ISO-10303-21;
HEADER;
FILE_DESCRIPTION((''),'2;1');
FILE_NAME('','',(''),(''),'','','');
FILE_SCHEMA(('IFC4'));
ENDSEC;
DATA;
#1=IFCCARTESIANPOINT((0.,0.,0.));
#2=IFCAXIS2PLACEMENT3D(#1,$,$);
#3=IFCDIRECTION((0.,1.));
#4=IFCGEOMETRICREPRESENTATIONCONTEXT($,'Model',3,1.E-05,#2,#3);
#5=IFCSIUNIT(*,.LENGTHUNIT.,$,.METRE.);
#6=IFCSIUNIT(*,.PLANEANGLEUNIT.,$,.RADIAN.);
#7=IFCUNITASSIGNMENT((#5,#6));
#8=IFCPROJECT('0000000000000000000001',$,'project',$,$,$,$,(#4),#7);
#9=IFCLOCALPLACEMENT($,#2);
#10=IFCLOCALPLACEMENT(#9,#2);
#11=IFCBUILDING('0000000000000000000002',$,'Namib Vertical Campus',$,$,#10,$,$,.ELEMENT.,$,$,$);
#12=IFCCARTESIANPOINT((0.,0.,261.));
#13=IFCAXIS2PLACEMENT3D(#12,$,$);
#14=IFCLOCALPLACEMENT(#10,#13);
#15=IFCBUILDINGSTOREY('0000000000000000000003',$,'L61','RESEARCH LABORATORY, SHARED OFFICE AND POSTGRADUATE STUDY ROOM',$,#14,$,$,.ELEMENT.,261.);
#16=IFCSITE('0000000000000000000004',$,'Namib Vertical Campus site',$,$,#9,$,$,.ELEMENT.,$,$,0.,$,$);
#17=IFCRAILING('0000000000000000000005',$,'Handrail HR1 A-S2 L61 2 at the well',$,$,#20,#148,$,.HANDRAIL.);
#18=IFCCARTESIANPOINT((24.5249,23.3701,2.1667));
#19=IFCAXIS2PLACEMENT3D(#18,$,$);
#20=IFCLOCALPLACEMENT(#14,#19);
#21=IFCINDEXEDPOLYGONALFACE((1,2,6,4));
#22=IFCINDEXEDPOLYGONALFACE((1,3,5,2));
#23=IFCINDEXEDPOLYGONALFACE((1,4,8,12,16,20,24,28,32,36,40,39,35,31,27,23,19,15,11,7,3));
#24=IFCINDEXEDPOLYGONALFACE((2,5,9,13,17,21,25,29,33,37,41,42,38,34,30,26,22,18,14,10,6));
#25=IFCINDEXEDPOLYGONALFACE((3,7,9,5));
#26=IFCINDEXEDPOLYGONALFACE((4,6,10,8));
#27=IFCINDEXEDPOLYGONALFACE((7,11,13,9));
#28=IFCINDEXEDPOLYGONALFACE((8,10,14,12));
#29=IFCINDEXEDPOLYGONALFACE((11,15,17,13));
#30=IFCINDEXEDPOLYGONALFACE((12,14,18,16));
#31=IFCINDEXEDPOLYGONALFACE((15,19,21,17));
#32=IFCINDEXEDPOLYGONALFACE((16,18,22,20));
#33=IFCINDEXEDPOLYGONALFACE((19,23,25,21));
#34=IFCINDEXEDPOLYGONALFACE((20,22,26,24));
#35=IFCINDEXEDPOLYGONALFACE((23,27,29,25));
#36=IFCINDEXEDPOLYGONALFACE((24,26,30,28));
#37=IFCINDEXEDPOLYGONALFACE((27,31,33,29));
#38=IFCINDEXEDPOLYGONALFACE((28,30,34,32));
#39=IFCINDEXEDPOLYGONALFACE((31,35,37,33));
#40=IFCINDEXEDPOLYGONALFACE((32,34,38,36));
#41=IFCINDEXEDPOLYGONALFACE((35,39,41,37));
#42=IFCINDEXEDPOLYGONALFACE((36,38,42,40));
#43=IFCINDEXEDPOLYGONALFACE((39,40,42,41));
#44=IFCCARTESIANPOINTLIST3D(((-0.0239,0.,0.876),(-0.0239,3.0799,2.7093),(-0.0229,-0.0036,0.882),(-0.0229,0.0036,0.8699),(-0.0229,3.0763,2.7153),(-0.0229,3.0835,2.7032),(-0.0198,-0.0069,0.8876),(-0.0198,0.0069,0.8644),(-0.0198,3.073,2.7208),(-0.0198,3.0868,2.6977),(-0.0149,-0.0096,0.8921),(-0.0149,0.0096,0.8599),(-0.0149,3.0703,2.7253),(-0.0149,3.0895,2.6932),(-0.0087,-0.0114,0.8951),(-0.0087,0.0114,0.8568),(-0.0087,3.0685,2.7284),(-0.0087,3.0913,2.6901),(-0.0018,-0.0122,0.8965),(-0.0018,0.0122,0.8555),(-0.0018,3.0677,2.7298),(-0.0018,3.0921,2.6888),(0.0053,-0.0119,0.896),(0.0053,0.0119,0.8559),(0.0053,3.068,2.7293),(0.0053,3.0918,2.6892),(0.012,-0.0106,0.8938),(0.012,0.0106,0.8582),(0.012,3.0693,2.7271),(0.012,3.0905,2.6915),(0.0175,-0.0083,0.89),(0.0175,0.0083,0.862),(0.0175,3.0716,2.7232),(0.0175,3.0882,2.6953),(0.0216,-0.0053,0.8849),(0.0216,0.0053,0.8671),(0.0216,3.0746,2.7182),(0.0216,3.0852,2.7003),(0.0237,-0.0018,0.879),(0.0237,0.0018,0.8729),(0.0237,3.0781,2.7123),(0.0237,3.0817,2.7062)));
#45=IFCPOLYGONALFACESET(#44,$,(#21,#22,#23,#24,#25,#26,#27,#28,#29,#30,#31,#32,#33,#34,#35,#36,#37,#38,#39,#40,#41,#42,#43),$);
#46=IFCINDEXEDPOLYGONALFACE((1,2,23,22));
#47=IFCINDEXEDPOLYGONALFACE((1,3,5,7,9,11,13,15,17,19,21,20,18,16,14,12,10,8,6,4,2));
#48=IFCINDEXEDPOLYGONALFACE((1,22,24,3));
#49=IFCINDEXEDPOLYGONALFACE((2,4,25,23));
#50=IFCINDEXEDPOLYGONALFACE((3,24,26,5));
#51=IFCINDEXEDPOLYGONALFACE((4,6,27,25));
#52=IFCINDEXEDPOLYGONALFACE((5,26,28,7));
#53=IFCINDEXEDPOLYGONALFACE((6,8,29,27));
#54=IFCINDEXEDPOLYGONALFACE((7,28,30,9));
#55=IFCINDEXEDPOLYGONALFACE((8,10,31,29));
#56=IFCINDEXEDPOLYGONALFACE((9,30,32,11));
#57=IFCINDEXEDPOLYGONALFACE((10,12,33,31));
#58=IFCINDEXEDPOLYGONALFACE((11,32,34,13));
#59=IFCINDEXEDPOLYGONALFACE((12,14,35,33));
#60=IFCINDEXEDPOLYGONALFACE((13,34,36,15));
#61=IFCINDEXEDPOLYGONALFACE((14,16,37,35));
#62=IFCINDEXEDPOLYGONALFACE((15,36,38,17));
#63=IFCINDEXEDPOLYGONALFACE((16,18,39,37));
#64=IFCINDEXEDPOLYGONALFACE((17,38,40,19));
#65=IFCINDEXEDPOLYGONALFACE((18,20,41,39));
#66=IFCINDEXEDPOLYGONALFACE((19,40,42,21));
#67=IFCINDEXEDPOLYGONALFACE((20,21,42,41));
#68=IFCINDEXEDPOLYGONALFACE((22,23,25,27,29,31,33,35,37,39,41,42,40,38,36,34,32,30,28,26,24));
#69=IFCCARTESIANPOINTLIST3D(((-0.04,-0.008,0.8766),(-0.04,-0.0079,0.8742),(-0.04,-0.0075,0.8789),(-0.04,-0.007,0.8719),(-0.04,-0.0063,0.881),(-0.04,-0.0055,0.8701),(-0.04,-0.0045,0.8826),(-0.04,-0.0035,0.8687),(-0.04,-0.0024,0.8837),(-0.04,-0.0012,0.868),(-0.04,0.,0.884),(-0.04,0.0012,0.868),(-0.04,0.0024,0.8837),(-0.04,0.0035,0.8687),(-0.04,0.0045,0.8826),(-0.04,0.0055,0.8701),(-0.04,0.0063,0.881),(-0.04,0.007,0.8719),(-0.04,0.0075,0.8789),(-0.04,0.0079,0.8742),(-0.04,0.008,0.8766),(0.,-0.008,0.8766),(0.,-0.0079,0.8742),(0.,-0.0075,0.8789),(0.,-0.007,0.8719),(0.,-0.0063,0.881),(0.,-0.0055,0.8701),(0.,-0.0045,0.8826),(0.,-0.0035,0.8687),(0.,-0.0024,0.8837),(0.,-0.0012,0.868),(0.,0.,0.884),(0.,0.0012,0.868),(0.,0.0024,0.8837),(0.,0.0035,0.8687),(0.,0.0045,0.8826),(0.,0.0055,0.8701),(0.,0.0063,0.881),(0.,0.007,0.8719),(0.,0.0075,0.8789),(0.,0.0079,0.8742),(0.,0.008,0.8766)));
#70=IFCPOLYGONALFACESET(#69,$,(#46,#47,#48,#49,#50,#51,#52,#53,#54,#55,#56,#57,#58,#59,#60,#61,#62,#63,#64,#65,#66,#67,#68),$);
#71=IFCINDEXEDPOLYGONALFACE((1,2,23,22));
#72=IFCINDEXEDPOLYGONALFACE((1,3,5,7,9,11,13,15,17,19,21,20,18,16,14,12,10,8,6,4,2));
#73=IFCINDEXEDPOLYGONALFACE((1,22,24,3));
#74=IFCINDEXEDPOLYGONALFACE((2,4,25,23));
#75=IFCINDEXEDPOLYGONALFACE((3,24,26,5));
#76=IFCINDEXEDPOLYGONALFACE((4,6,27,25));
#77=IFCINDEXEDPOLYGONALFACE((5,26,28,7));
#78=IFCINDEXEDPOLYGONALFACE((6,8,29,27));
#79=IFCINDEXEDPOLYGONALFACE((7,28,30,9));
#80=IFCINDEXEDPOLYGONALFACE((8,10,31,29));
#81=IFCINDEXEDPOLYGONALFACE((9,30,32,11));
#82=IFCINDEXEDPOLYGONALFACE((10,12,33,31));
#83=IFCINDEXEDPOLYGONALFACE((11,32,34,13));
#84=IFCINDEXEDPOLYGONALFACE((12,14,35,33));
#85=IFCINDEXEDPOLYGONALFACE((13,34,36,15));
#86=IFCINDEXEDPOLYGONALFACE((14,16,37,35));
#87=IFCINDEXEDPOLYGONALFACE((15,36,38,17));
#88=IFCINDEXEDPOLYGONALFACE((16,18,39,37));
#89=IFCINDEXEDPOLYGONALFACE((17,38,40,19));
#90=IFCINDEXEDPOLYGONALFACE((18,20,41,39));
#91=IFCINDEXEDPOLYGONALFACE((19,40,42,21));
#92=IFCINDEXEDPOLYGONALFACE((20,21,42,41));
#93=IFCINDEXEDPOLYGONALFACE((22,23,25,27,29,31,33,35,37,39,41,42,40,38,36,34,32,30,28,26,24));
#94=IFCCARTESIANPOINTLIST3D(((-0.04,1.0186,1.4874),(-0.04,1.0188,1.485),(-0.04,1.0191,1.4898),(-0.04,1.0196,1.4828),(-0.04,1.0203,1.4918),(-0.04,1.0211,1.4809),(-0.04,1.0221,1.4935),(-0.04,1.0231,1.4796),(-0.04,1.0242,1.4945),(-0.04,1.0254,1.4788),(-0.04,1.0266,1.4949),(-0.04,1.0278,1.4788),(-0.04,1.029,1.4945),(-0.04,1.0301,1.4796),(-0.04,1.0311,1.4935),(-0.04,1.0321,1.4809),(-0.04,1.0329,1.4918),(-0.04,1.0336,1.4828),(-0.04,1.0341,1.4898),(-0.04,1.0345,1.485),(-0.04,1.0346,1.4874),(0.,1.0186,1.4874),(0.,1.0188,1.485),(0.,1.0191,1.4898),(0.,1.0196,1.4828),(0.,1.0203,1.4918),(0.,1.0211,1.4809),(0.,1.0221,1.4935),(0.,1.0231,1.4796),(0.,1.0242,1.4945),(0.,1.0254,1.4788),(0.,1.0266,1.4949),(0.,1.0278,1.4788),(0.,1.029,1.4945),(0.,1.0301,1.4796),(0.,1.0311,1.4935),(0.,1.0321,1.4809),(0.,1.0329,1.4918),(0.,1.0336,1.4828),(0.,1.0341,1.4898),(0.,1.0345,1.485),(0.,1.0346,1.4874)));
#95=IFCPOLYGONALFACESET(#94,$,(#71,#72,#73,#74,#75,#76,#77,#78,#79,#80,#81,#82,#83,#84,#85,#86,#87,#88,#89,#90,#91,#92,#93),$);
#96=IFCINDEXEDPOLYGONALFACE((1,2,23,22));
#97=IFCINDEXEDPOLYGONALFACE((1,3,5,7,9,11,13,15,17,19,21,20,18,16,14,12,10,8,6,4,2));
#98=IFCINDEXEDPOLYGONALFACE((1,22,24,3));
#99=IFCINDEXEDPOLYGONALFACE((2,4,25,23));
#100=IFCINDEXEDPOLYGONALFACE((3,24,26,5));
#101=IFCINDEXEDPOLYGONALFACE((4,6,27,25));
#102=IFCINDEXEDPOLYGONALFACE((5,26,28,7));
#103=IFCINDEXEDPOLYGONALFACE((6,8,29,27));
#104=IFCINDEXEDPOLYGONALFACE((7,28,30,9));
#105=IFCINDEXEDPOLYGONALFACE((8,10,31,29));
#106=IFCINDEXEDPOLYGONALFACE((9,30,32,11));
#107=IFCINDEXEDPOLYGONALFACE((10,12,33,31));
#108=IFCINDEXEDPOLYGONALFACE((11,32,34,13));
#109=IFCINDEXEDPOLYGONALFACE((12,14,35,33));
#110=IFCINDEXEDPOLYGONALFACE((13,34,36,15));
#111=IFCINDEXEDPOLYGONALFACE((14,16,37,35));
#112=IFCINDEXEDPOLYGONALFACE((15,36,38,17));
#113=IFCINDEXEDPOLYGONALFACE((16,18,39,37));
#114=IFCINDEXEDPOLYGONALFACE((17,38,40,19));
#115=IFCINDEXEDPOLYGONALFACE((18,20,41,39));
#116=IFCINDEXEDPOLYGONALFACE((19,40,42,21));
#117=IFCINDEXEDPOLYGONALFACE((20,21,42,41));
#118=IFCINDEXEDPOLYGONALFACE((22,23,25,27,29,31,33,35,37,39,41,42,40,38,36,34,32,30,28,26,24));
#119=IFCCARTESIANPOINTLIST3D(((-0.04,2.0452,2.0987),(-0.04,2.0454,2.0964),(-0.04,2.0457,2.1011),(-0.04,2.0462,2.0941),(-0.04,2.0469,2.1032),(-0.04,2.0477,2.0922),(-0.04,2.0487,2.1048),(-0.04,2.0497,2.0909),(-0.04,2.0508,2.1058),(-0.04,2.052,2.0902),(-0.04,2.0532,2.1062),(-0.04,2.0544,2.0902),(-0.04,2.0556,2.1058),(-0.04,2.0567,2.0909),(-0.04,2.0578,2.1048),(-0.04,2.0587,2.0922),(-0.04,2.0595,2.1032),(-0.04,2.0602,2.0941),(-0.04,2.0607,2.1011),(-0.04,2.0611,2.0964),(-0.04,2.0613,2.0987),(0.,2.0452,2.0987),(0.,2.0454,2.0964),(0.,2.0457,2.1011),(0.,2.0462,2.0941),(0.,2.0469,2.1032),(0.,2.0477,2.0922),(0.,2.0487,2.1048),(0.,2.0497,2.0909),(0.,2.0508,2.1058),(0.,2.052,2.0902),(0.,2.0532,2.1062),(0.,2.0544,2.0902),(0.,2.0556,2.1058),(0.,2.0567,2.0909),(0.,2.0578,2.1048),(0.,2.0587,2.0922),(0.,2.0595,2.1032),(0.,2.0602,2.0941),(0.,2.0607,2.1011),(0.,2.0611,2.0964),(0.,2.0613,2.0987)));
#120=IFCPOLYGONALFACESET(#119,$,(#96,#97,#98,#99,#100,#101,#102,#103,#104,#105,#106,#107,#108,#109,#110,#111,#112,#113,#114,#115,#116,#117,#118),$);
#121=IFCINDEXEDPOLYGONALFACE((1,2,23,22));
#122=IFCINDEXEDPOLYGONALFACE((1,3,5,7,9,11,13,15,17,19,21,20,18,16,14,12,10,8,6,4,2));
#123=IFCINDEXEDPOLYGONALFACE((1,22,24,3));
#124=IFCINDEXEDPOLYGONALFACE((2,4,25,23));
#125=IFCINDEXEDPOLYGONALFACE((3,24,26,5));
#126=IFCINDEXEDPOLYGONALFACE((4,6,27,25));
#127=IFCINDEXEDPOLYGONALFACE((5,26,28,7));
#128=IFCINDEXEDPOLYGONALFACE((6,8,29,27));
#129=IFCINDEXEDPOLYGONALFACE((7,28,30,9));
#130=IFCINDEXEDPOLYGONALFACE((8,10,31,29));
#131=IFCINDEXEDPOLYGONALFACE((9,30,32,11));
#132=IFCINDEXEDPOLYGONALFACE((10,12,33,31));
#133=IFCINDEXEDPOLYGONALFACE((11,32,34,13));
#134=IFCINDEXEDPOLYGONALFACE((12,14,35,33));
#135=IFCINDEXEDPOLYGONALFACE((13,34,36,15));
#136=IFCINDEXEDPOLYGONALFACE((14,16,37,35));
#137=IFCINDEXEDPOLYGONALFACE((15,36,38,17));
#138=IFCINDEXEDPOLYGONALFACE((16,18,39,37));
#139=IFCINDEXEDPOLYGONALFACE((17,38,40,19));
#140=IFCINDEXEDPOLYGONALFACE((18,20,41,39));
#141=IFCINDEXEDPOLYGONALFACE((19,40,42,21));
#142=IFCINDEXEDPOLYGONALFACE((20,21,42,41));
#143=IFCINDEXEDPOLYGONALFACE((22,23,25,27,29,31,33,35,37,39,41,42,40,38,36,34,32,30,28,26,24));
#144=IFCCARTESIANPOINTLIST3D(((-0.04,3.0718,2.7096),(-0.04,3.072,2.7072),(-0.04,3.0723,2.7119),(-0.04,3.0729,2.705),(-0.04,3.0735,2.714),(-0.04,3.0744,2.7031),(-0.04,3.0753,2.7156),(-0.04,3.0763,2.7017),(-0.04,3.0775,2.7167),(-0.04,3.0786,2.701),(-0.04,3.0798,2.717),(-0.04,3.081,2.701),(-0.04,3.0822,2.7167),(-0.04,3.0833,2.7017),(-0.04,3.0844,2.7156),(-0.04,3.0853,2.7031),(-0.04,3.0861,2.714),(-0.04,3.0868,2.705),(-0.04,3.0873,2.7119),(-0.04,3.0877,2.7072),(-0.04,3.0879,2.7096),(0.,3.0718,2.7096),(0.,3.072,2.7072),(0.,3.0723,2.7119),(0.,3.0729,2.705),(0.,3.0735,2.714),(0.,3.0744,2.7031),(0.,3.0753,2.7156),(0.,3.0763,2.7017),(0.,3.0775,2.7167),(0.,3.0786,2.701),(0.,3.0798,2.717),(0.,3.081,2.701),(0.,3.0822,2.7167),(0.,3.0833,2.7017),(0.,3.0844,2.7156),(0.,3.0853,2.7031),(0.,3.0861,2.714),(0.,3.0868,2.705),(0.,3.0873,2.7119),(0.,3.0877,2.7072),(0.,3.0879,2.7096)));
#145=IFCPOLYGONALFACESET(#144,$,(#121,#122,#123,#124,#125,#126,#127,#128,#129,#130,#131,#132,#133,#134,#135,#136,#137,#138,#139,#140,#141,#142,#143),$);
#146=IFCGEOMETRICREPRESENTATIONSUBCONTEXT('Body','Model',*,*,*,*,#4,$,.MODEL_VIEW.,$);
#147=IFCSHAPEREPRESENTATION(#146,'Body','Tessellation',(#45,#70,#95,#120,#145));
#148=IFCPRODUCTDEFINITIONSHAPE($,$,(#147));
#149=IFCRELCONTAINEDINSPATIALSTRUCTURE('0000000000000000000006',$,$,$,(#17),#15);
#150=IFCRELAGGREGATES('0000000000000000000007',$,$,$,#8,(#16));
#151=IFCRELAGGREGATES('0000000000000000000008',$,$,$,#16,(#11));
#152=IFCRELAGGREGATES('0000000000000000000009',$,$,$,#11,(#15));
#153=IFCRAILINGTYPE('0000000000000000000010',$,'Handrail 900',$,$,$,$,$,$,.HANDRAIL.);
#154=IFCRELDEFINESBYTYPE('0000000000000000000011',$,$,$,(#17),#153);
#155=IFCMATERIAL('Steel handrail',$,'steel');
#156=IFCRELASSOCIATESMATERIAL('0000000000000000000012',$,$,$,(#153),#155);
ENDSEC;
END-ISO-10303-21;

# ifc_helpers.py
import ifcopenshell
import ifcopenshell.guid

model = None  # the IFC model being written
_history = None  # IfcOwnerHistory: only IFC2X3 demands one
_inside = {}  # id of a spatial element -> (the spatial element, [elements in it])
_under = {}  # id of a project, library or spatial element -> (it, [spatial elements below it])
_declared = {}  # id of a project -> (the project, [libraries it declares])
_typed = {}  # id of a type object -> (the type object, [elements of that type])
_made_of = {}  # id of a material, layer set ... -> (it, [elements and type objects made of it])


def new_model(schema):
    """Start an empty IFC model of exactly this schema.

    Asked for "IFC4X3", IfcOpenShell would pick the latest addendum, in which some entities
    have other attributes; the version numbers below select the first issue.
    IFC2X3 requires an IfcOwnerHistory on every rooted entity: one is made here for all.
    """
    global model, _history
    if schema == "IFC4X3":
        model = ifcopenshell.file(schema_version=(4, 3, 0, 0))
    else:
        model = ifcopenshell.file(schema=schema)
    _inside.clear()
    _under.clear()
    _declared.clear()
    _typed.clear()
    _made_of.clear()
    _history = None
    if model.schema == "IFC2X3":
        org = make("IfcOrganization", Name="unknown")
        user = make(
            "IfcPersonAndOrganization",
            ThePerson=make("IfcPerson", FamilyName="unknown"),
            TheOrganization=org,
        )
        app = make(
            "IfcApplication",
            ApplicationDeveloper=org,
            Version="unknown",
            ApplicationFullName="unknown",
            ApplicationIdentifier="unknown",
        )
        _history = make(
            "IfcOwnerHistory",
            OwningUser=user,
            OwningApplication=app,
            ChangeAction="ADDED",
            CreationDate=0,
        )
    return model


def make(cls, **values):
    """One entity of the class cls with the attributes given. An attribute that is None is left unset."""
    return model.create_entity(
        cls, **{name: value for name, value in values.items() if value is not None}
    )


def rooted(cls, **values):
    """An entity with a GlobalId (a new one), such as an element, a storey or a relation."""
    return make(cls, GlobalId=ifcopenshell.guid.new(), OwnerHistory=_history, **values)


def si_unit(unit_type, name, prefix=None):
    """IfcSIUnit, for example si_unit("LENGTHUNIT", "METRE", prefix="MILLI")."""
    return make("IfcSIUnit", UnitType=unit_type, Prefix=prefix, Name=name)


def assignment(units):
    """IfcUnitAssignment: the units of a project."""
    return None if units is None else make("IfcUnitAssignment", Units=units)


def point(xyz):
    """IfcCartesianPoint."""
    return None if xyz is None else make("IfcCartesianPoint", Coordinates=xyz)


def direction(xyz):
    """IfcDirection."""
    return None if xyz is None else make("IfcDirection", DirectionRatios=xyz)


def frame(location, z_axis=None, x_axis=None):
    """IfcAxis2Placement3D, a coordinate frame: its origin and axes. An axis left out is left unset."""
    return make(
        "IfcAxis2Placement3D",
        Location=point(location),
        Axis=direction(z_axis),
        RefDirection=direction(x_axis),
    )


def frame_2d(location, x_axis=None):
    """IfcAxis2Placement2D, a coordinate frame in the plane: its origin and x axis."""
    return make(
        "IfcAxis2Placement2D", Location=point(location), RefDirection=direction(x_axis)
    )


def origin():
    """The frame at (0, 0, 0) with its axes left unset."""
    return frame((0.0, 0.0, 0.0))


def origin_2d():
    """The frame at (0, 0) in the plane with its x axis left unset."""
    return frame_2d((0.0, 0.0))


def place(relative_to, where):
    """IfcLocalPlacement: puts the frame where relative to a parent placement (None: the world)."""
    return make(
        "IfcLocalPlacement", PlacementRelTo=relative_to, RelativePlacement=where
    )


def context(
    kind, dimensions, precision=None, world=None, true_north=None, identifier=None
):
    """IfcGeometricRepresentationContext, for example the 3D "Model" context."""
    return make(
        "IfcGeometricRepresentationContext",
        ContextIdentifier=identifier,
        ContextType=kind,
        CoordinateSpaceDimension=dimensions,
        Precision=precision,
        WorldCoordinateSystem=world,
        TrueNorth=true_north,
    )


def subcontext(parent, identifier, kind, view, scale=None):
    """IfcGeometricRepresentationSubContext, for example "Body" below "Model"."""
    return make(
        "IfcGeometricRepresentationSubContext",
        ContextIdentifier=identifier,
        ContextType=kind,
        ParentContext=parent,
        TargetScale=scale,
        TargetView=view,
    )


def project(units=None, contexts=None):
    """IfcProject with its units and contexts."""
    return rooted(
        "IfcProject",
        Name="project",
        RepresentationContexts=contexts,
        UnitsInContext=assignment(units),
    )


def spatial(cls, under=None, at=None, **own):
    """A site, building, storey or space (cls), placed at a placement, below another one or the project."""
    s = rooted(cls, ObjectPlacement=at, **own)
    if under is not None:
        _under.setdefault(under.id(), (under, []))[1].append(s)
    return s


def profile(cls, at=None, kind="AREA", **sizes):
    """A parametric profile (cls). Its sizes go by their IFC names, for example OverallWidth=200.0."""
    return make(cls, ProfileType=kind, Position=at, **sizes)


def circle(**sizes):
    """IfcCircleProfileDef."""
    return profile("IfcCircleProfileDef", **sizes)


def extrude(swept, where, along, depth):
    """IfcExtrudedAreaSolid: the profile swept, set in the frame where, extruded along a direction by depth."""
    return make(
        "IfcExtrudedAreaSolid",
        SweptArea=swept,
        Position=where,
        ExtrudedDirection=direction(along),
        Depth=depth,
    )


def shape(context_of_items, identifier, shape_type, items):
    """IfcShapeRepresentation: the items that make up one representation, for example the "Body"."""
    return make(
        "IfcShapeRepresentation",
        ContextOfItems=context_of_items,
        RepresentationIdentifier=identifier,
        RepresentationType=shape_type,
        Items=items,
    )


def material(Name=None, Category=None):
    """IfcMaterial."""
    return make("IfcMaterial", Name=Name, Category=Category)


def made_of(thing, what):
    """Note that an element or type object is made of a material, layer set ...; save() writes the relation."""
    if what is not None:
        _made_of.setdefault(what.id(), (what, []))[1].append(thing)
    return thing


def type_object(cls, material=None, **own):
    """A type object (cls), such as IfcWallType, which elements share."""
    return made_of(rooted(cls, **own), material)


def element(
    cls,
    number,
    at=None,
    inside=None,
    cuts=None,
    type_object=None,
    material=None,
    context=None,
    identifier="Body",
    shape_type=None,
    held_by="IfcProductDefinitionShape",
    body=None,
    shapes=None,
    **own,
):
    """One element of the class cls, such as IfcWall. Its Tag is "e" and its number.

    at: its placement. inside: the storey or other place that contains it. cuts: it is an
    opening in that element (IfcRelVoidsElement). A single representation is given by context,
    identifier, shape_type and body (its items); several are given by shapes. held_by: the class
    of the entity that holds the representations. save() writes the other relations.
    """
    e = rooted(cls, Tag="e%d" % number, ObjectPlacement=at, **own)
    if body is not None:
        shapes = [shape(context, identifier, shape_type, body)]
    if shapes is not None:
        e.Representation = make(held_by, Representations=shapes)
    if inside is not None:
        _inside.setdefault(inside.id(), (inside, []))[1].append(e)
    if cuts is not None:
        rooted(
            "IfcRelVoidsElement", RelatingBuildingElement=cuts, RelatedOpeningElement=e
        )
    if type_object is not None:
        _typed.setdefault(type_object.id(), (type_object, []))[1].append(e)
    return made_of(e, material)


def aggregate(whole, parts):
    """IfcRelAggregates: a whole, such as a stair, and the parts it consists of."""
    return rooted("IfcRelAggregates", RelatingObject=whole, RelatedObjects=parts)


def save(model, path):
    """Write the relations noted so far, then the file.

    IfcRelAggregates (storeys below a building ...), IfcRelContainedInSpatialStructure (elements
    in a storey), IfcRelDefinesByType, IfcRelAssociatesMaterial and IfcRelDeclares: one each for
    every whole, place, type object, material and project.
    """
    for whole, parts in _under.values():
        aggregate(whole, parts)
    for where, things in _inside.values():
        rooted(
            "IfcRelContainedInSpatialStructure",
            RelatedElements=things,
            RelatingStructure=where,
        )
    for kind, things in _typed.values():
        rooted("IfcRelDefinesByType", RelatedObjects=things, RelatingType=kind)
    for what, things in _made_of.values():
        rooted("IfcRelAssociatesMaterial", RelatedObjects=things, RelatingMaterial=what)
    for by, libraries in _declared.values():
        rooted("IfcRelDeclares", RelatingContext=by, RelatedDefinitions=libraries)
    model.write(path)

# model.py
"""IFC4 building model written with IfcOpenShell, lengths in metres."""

from ifc_helpers import new_model, si_unit, direction, frame, origin, origin_2d, place, context, subcontext, project, spatial, circle, extrude, material, type_object, element, save


model = new_model("IFC4")

# Units and contexts
model_context = context("Model", 3, precision=1e-05, world=origin(), true_north=direction((0.0, 1.0)))
body_context = subcontext(model_context, "Body", "Model", "MODEL_VIEW")
ifc_project = project(units=[si_unit("LENGTHUNIT", "METRE"), si_unit("PLANEANGLEUNIT", "RADIAN")], contexts=[model_context])

# Site, building, storey
site_placement = place(None, origin())
site = spatial("IfcSite", under=ifc_project, at=site_placement, Name="Namib Vertical Campus site", CompositionType="ELEMENT", RefElevation=0.0)
building_placement = place(site_placement, origin())
building = spatial("IfcBuilding", under=site, at=building_placement, Name="Namib Vertical Campus", CompositionType="ELEMENT")
storey_placement = place(building_placement, frame((0.0, 0.0, 261.0)))
storey = spatial("IfcBuildingStorey", under=building, at=storey_placement, Name="L61", Description="RESEARCH LABORATORY, SHARED OFFICE AND POSTGRADUATE STUDY ROOM", CompositionType="ELEMENT", Elevation=261.0)

# Railing
ifc_material_1 = material(Name="Steel handrail", Category="steel")
railing_type_1 = type_object("IfcRailingType", Name="Handrail 900", PredefinedType="HANDRAIL", material=ifc_material_1)
railing_1_placement = place(storey_placement, frame((24.5249, 23.3701, 2.1667)))
element("IfcRailing", 1, at=railing_1_placement, inside=storey, type_object=railing_type_1, Name="Handrail HR1 A-S2 L61 2 at the well", PredefinedType="HANDRAIL", context=body_context, shape_type="SweptSolid", body=[
    extrude(circle(Radius=0.0239, at=origin_2d()), frame((0.0, 0.0, 0.876), z_axis=(0.0, 0.859291, 0.511487), x_axis=(-1.0, 0.0, 0.0)), (0.0, 0.0, 1.0), 3.5842),
    extrude(circle(Radius=0.0081, at=origin_2d()), frame((0.0, 0.0, 0.876), z_axis=(-1.0, 0.0, 0.0), x_axis=(0.0, 0.0, 1.0)), (0.0, 0.0, 1.0), 0.04),
    extrude(circle(Radius=0.0081, at=origin_2d()), frame((0.0, 1.0266, 1.4868), z_axis=(-1.0, 0.0, 0.0), x_axis=(0.0, 0.0, 1.0)), (0.0, 0.0, 1.0), 0.04),
    extrude(circle(Radius=0.0081, at=origin_2d()), frame((0.0, 2.0532, 2.0981), z_axis=(-1.0, 0.0, 0.0), x_axis=(0.0, 0.0, 1.0)), (0.0, 0.0, 1.0), 0.04),
    extrude(circle(Radius=0.0081, at=origin_2d()), frame((0.0, 3.0798, 2.709), z_axis=(-1.0, 0.0, 0.0), x_axis=(0.0, 0.0, 1.0)), (0.0, 0.0, 1.0), 0.04),
])

save(model, "model.ifc")
